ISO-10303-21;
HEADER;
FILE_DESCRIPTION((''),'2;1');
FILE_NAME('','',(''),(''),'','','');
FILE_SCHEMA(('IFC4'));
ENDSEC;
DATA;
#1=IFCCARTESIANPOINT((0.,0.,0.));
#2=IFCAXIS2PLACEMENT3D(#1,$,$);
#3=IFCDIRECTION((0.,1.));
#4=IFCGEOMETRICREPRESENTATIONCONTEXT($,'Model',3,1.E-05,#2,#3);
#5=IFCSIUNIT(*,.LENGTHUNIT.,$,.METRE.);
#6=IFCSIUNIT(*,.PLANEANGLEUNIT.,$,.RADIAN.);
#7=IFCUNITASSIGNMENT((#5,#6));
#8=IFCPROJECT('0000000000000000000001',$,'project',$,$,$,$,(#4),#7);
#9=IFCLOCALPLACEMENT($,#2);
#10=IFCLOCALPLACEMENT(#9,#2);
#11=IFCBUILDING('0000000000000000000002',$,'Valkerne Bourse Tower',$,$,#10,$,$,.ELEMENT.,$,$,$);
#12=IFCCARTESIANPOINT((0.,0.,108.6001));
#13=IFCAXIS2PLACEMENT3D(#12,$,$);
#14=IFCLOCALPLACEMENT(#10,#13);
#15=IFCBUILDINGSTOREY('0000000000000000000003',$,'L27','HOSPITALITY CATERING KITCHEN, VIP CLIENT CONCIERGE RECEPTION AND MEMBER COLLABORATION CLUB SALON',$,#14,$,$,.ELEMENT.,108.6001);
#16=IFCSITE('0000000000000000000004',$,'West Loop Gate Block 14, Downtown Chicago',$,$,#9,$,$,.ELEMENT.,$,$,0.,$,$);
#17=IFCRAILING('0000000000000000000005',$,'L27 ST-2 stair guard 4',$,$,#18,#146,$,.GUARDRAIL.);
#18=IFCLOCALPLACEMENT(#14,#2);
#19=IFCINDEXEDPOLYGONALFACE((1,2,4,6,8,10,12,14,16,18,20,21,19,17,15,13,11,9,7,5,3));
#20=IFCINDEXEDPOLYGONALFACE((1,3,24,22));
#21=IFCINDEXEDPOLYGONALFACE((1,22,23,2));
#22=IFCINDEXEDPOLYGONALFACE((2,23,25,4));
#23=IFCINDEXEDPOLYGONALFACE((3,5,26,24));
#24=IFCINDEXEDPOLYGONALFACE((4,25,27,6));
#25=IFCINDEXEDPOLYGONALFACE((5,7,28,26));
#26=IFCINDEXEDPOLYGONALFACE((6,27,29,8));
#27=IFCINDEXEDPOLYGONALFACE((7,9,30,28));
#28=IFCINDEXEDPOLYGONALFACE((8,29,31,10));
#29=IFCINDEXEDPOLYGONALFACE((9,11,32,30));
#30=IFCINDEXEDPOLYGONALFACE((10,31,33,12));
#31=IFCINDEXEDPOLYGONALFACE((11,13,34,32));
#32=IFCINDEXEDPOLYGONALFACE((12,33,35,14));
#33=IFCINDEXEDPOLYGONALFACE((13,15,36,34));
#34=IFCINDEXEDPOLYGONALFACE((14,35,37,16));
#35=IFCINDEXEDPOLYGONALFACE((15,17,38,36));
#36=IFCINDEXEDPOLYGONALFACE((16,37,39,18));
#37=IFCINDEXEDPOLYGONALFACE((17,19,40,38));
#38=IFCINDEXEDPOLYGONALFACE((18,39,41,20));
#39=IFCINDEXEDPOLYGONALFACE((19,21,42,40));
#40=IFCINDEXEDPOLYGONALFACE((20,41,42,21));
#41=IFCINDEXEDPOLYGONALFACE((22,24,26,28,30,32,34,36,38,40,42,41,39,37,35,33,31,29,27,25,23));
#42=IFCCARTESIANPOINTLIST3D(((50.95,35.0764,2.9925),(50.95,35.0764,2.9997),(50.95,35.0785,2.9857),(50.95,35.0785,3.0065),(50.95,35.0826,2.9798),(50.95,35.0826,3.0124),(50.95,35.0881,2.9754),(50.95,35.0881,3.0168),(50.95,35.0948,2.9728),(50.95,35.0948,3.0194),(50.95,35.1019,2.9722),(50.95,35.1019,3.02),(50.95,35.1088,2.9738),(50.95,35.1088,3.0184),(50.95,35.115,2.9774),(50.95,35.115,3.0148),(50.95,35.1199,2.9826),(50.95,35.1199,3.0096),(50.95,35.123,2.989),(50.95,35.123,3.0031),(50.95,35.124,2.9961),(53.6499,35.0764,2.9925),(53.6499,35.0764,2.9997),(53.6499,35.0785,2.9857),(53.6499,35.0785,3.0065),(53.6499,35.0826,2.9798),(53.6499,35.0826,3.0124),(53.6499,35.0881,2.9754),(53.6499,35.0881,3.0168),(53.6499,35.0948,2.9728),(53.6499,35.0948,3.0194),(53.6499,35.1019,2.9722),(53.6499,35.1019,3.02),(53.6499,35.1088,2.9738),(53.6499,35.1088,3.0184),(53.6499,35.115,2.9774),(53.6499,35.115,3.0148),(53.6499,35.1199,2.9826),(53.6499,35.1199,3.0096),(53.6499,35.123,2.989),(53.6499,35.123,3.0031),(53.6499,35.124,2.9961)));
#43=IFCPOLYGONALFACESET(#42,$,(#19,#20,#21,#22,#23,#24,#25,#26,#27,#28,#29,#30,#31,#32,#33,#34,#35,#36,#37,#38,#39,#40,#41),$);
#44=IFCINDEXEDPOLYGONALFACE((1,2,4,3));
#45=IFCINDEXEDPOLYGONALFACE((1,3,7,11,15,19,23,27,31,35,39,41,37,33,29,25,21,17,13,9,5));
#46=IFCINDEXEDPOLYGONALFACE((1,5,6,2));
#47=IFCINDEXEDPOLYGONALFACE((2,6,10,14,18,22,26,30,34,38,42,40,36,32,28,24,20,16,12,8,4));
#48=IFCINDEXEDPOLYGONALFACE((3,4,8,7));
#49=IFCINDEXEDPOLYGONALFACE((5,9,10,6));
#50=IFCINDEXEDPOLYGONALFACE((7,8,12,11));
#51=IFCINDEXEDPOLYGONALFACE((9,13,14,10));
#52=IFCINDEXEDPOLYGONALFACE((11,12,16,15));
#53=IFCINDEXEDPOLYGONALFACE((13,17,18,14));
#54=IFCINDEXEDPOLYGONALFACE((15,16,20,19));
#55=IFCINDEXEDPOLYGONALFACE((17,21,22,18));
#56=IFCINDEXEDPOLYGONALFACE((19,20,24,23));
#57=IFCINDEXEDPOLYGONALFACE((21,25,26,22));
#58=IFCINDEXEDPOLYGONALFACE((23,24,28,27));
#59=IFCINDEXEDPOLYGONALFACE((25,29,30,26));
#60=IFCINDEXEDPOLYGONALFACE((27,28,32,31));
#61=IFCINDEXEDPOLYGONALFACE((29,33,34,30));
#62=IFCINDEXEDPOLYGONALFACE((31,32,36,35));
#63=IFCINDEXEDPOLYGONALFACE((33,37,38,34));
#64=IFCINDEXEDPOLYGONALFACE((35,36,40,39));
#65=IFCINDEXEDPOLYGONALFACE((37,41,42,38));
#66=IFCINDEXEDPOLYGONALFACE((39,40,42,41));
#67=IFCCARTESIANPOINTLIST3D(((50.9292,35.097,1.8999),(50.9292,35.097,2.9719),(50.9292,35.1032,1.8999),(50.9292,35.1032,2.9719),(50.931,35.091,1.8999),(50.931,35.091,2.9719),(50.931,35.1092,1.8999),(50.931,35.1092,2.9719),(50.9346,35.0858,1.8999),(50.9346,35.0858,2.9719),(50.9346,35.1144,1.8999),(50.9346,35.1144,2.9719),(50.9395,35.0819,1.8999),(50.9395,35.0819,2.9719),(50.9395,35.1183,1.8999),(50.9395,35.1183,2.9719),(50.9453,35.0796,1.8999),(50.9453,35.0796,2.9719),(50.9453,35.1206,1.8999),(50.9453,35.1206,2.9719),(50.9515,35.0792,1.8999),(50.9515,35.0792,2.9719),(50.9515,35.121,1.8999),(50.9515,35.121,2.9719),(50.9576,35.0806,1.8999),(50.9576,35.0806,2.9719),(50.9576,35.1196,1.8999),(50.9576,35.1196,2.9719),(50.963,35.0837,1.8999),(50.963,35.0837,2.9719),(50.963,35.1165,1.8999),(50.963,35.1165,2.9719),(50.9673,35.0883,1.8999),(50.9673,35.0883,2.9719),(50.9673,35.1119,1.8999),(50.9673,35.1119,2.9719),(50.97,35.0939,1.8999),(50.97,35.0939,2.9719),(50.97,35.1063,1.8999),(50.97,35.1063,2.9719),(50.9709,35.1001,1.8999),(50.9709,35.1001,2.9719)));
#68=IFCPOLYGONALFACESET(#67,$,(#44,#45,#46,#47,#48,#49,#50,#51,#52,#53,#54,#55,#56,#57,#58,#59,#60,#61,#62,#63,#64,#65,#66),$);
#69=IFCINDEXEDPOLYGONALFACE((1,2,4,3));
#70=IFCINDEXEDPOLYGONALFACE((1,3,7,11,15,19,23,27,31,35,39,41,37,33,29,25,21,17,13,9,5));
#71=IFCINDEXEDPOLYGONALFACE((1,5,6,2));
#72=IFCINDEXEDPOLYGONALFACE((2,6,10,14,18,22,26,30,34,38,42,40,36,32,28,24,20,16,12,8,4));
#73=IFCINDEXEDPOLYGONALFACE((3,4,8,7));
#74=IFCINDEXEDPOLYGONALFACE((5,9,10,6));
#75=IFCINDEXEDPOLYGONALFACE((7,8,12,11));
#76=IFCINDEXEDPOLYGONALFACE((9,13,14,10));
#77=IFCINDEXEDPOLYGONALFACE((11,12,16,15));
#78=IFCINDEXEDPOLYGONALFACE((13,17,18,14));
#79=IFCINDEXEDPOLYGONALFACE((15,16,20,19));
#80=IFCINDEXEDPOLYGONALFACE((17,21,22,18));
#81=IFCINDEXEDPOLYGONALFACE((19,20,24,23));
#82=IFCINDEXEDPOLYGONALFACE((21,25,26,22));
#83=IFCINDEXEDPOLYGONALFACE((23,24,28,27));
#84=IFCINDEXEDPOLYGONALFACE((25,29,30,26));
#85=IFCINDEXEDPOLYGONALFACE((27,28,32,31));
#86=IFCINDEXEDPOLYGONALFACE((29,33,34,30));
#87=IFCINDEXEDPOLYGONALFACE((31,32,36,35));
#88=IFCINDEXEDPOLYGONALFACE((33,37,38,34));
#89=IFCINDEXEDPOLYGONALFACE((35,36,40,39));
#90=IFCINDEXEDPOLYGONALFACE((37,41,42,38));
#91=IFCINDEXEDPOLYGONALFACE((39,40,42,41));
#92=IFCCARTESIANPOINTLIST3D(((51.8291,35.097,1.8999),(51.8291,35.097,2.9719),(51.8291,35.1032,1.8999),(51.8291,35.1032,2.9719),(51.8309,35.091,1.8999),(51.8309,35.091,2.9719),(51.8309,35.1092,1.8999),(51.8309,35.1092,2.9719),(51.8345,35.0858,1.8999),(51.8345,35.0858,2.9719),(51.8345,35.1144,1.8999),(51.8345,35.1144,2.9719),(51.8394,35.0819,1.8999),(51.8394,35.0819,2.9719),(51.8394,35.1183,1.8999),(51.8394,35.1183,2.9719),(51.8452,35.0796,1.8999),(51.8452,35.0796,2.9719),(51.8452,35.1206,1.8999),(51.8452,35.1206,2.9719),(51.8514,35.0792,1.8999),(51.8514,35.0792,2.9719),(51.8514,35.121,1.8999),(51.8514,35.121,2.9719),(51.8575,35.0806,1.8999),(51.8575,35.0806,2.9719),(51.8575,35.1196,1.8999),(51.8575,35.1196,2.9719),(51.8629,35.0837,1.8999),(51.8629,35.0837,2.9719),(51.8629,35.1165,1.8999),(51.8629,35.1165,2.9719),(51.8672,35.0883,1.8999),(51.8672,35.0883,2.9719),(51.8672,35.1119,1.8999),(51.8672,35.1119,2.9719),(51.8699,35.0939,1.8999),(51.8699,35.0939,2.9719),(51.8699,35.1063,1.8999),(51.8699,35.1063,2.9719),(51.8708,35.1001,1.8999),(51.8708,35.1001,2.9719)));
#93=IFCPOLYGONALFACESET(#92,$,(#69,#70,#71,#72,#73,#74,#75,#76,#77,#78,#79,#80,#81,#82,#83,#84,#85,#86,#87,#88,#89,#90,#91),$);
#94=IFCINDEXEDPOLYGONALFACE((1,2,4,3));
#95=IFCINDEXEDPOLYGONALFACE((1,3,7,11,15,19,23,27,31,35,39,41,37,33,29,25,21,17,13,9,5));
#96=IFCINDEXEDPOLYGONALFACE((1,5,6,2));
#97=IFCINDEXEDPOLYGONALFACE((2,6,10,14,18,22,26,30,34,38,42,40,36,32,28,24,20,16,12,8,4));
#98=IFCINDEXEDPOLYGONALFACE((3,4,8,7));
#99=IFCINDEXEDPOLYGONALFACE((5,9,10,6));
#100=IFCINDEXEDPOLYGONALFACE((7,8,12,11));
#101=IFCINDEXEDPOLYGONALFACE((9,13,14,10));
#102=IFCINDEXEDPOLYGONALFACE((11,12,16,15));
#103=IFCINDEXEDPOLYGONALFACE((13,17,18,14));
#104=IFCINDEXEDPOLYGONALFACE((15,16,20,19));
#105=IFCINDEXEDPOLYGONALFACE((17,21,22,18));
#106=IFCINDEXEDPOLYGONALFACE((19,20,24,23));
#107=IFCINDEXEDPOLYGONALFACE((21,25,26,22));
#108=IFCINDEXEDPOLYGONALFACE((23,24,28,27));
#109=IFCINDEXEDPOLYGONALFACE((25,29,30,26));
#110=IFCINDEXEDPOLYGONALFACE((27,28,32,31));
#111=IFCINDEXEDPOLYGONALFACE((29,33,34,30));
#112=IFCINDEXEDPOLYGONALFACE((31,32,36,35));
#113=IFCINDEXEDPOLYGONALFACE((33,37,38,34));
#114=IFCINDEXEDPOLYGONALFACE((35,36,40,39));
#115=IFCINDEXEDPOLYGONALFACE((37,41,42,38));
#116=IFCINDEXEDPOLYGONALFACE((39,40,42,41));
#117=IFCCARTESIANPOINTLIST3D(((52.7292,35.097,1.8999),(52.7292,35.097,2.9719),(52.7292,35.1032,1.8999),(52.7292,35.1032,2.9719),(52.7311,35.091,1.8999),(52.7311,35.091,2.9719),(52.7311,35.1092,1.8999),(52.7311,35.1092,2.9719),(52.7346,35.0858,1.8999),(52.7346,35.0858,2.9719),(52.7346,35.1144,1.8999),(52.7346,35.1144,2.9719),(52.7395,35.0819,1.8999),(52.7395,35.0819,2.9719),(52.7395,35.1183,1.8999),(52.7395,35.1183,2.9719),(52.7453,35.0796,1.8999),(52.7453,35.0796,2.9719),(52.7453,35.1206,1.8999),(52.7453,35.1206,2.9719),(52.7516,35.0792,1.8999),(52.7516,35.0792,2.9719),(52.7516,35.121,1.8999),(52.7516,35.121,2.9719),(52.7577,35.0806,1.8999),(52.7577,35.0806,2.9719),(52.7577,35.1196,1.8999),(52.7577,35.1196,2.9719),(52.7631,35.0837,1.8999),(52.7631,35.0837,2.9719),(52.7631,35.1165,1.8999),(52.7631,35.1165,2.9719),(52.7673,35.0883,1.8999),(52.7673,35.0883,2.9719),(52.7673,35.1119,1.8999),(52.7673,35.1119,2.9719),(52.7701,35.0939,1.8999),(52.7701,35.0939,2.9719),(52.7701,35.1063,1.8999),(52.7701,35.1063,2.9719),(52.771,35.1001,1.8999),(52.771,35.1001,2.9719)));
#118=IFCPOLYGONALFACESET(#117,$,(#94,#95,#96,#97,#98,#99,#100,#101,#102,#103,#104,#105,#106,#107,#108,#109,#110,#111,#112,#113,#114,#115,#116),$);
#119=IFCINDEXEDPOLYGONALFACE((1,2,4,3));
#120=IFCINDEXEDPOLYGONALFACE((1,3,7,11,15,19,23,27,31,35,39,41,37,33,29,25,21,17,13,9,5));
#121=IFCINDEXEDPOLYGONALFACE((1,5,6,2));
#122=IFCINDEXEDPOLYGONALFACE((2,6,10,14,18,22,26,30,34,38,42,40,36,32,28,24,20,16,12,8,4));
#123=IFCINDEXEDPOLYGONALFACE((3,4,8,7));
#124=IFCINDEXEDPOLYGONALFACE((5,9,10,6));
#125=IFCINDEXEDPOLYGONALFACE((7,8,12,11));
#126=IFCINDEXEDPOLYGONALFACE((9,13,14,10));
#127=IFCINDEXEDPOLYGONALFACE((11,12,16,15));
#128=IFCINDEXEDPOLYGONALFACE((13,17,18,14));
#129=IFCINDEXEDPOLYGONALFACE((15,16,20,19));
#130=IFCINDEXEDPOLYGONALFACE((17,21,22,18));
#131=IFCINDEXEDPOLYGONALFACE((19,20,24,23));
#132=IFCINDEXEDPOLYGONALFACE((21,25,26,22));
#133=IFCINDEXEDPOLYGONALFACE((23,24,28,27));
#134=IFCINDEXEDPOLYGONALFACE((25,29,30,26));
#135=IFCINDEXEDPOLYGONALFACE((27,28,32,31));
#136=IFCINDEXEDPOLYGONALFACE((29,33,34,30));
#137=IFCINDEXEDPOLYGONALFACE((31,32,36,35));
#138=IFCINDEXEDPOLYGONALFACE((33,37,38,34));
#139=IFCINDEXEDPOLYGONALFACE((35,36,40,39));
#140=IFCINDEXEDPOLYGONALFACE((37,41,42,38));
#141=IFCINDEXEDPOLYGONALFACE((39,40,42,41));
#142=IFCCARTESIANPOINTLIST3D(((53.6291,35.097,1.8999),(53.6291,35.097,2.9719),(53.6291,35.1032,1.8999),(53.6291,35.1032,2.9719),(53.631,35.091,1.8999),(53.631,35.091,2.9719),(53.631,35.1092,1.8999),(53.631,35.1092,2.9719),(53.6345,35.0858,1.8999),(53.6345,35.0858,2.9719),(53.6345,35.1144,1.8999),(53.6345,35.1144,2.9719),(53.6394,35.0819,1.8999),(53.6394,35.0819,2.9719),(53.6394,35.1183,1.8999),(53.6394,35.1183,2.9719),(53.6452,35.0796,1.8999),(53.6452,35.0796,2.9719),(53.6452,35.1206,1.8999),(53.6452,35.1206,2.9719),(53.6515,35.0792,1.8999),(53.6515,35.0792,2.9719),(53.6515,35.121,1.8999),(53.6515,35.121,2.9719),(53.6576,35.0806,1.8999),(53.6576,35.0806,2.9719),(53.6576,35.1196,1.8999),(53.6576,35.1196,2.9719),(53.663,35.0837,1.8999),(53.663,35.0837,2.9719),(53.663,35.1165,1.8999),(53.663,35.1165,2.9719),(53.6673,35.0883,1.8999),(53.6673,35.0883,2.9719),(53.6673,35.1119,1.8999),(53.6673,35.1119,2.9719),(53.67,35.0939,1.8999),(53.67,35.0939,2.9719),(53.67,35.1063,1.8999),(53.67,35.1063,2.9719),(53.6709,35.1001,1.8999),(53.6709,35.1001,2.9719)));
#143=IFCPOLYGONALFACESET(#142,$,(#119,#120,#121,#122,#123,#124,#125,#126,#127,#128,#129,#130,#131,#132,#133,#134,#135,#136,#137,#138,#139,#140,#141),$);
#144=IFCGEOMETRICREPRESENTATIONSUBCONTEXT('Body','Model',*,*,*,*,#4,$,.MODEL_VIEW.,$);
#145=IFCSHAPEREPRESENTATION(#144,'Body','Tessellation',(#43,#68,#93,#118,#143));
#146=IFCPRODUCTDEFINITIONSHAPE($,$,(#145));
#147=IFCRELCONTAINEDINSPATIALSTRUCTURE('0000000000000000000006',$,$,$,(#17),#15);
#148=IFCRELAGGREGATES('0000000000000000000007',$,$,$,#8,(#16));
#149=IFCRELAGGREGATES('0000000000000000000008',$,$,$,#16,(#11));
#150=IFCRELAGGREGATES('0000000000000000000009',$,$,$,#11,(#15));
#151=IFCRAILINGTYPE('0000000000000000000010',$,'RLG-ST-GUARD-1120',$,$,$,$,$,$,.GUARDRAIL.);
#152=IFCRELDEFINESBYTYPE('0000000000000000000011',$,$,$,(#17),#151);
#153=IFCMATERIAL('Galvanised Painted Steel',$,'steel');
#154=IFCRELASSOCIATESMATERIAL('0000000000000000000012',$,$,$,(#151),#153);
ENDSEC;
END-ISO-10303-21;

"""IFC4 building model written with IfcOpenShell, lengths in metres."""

from ifc_helpers import new_model, si_unit, direction, frame, origin, origin_2d, place, context, subcontext, project, spatial, circle, extrude, material, type_object, element, save


model = new_model("IFC4")

# Units and contexts
model_context = context("Model", 3, precision=1e-05, world=origin(), true_north=direction((0.0, 1.0)))
body_context = subcontext(model_context, "Body", "Model", "MODEL_VIEW")
ifc_project = project(units=[si_unit("LENGTHUNIT", "METRE"), si_unit("PLANEANGLEUNIT", "RADIAN")], contexts=[model_context])

# Site, building, storey
site_placement = place(None, origin())
site = spatial("IfcSite", under=ifc_project, at=site_placement, Name="West Loop Gate Block 14, Downtown Chicago", CompositionType="ELEMENT", RefElevation=0.0)
building_placement = place(site_placement, origin())
building = spatial("IfcBuilding", under=site, at=building_placement, Name="Valkerne Bourse Tower", CompositionType="ELEMENT")
storey_placement = place(building_placement, frame((0.0, 0.0, 108.6001)))
storey = spatial("IfcBuildingStorey", under=building, at=storey_placement, Name="L27", Description="HOSPITALITY CATERING KITCHEN, VIP CLIENT CONCIERGE RECEPTION AND MEMBER COLLABORATION CLUB SALON", CompositionType="ELEMENT", Elevation=108.6001)

# Railing
ifc_material_1 = material(Name="Galvanised Painted Steel", Category="steel")
railing_type_1 = type_object("IfcRailingType", Name="RLG-ST-GUARD-1120", PredefinedType="GUARDRAIL", material=ifc_material_1)
for number, where, name in (
    (1, (50.95, 35.1001, 1.8999), "L27 ST-2 stair guard 4"),
):
    element("IfcRailing", number, at=place(storey_placement, frame(where)), inside=storey, type_object=railing_type_1, Name=name, PredefinedType="GUARDRAIL", context=body_context, shape_type="SweptSolid", body=[
        extrude(circle(Radius=0.0239, at=origin_2d()), frame((0.0, 0.0, 1.0962), z_axis=(1.0, 0.0, 0.0), x_axis=(0.0, 1.0, 0.0)), (0.0, 0.0, 1.0), 2.7),
        extrude(circle(Radius=0.021, at=origin_2d()), origin(), (0.0, 0.0, 1.0), 1.072),
        extrude(circle(Radius=0.021, at=origin_2d()), frame((0.8999, 0.0, 0.0)), (0.0, 0.0, 1.0), 1.072),
        extrude(circle(Radius=0.021, at=origin_2d()), frame((1.8, 0.0, 0.0)), (0.0, 0.0, 1.0), 1.072),
        extrude(circle(Radius=0.021, at=origin_2d()), frame((2.7, 0.0, 0.0)), (0.0, 0.0, 1.0), 1.072),
    ])

save(model, "model.ifc")
